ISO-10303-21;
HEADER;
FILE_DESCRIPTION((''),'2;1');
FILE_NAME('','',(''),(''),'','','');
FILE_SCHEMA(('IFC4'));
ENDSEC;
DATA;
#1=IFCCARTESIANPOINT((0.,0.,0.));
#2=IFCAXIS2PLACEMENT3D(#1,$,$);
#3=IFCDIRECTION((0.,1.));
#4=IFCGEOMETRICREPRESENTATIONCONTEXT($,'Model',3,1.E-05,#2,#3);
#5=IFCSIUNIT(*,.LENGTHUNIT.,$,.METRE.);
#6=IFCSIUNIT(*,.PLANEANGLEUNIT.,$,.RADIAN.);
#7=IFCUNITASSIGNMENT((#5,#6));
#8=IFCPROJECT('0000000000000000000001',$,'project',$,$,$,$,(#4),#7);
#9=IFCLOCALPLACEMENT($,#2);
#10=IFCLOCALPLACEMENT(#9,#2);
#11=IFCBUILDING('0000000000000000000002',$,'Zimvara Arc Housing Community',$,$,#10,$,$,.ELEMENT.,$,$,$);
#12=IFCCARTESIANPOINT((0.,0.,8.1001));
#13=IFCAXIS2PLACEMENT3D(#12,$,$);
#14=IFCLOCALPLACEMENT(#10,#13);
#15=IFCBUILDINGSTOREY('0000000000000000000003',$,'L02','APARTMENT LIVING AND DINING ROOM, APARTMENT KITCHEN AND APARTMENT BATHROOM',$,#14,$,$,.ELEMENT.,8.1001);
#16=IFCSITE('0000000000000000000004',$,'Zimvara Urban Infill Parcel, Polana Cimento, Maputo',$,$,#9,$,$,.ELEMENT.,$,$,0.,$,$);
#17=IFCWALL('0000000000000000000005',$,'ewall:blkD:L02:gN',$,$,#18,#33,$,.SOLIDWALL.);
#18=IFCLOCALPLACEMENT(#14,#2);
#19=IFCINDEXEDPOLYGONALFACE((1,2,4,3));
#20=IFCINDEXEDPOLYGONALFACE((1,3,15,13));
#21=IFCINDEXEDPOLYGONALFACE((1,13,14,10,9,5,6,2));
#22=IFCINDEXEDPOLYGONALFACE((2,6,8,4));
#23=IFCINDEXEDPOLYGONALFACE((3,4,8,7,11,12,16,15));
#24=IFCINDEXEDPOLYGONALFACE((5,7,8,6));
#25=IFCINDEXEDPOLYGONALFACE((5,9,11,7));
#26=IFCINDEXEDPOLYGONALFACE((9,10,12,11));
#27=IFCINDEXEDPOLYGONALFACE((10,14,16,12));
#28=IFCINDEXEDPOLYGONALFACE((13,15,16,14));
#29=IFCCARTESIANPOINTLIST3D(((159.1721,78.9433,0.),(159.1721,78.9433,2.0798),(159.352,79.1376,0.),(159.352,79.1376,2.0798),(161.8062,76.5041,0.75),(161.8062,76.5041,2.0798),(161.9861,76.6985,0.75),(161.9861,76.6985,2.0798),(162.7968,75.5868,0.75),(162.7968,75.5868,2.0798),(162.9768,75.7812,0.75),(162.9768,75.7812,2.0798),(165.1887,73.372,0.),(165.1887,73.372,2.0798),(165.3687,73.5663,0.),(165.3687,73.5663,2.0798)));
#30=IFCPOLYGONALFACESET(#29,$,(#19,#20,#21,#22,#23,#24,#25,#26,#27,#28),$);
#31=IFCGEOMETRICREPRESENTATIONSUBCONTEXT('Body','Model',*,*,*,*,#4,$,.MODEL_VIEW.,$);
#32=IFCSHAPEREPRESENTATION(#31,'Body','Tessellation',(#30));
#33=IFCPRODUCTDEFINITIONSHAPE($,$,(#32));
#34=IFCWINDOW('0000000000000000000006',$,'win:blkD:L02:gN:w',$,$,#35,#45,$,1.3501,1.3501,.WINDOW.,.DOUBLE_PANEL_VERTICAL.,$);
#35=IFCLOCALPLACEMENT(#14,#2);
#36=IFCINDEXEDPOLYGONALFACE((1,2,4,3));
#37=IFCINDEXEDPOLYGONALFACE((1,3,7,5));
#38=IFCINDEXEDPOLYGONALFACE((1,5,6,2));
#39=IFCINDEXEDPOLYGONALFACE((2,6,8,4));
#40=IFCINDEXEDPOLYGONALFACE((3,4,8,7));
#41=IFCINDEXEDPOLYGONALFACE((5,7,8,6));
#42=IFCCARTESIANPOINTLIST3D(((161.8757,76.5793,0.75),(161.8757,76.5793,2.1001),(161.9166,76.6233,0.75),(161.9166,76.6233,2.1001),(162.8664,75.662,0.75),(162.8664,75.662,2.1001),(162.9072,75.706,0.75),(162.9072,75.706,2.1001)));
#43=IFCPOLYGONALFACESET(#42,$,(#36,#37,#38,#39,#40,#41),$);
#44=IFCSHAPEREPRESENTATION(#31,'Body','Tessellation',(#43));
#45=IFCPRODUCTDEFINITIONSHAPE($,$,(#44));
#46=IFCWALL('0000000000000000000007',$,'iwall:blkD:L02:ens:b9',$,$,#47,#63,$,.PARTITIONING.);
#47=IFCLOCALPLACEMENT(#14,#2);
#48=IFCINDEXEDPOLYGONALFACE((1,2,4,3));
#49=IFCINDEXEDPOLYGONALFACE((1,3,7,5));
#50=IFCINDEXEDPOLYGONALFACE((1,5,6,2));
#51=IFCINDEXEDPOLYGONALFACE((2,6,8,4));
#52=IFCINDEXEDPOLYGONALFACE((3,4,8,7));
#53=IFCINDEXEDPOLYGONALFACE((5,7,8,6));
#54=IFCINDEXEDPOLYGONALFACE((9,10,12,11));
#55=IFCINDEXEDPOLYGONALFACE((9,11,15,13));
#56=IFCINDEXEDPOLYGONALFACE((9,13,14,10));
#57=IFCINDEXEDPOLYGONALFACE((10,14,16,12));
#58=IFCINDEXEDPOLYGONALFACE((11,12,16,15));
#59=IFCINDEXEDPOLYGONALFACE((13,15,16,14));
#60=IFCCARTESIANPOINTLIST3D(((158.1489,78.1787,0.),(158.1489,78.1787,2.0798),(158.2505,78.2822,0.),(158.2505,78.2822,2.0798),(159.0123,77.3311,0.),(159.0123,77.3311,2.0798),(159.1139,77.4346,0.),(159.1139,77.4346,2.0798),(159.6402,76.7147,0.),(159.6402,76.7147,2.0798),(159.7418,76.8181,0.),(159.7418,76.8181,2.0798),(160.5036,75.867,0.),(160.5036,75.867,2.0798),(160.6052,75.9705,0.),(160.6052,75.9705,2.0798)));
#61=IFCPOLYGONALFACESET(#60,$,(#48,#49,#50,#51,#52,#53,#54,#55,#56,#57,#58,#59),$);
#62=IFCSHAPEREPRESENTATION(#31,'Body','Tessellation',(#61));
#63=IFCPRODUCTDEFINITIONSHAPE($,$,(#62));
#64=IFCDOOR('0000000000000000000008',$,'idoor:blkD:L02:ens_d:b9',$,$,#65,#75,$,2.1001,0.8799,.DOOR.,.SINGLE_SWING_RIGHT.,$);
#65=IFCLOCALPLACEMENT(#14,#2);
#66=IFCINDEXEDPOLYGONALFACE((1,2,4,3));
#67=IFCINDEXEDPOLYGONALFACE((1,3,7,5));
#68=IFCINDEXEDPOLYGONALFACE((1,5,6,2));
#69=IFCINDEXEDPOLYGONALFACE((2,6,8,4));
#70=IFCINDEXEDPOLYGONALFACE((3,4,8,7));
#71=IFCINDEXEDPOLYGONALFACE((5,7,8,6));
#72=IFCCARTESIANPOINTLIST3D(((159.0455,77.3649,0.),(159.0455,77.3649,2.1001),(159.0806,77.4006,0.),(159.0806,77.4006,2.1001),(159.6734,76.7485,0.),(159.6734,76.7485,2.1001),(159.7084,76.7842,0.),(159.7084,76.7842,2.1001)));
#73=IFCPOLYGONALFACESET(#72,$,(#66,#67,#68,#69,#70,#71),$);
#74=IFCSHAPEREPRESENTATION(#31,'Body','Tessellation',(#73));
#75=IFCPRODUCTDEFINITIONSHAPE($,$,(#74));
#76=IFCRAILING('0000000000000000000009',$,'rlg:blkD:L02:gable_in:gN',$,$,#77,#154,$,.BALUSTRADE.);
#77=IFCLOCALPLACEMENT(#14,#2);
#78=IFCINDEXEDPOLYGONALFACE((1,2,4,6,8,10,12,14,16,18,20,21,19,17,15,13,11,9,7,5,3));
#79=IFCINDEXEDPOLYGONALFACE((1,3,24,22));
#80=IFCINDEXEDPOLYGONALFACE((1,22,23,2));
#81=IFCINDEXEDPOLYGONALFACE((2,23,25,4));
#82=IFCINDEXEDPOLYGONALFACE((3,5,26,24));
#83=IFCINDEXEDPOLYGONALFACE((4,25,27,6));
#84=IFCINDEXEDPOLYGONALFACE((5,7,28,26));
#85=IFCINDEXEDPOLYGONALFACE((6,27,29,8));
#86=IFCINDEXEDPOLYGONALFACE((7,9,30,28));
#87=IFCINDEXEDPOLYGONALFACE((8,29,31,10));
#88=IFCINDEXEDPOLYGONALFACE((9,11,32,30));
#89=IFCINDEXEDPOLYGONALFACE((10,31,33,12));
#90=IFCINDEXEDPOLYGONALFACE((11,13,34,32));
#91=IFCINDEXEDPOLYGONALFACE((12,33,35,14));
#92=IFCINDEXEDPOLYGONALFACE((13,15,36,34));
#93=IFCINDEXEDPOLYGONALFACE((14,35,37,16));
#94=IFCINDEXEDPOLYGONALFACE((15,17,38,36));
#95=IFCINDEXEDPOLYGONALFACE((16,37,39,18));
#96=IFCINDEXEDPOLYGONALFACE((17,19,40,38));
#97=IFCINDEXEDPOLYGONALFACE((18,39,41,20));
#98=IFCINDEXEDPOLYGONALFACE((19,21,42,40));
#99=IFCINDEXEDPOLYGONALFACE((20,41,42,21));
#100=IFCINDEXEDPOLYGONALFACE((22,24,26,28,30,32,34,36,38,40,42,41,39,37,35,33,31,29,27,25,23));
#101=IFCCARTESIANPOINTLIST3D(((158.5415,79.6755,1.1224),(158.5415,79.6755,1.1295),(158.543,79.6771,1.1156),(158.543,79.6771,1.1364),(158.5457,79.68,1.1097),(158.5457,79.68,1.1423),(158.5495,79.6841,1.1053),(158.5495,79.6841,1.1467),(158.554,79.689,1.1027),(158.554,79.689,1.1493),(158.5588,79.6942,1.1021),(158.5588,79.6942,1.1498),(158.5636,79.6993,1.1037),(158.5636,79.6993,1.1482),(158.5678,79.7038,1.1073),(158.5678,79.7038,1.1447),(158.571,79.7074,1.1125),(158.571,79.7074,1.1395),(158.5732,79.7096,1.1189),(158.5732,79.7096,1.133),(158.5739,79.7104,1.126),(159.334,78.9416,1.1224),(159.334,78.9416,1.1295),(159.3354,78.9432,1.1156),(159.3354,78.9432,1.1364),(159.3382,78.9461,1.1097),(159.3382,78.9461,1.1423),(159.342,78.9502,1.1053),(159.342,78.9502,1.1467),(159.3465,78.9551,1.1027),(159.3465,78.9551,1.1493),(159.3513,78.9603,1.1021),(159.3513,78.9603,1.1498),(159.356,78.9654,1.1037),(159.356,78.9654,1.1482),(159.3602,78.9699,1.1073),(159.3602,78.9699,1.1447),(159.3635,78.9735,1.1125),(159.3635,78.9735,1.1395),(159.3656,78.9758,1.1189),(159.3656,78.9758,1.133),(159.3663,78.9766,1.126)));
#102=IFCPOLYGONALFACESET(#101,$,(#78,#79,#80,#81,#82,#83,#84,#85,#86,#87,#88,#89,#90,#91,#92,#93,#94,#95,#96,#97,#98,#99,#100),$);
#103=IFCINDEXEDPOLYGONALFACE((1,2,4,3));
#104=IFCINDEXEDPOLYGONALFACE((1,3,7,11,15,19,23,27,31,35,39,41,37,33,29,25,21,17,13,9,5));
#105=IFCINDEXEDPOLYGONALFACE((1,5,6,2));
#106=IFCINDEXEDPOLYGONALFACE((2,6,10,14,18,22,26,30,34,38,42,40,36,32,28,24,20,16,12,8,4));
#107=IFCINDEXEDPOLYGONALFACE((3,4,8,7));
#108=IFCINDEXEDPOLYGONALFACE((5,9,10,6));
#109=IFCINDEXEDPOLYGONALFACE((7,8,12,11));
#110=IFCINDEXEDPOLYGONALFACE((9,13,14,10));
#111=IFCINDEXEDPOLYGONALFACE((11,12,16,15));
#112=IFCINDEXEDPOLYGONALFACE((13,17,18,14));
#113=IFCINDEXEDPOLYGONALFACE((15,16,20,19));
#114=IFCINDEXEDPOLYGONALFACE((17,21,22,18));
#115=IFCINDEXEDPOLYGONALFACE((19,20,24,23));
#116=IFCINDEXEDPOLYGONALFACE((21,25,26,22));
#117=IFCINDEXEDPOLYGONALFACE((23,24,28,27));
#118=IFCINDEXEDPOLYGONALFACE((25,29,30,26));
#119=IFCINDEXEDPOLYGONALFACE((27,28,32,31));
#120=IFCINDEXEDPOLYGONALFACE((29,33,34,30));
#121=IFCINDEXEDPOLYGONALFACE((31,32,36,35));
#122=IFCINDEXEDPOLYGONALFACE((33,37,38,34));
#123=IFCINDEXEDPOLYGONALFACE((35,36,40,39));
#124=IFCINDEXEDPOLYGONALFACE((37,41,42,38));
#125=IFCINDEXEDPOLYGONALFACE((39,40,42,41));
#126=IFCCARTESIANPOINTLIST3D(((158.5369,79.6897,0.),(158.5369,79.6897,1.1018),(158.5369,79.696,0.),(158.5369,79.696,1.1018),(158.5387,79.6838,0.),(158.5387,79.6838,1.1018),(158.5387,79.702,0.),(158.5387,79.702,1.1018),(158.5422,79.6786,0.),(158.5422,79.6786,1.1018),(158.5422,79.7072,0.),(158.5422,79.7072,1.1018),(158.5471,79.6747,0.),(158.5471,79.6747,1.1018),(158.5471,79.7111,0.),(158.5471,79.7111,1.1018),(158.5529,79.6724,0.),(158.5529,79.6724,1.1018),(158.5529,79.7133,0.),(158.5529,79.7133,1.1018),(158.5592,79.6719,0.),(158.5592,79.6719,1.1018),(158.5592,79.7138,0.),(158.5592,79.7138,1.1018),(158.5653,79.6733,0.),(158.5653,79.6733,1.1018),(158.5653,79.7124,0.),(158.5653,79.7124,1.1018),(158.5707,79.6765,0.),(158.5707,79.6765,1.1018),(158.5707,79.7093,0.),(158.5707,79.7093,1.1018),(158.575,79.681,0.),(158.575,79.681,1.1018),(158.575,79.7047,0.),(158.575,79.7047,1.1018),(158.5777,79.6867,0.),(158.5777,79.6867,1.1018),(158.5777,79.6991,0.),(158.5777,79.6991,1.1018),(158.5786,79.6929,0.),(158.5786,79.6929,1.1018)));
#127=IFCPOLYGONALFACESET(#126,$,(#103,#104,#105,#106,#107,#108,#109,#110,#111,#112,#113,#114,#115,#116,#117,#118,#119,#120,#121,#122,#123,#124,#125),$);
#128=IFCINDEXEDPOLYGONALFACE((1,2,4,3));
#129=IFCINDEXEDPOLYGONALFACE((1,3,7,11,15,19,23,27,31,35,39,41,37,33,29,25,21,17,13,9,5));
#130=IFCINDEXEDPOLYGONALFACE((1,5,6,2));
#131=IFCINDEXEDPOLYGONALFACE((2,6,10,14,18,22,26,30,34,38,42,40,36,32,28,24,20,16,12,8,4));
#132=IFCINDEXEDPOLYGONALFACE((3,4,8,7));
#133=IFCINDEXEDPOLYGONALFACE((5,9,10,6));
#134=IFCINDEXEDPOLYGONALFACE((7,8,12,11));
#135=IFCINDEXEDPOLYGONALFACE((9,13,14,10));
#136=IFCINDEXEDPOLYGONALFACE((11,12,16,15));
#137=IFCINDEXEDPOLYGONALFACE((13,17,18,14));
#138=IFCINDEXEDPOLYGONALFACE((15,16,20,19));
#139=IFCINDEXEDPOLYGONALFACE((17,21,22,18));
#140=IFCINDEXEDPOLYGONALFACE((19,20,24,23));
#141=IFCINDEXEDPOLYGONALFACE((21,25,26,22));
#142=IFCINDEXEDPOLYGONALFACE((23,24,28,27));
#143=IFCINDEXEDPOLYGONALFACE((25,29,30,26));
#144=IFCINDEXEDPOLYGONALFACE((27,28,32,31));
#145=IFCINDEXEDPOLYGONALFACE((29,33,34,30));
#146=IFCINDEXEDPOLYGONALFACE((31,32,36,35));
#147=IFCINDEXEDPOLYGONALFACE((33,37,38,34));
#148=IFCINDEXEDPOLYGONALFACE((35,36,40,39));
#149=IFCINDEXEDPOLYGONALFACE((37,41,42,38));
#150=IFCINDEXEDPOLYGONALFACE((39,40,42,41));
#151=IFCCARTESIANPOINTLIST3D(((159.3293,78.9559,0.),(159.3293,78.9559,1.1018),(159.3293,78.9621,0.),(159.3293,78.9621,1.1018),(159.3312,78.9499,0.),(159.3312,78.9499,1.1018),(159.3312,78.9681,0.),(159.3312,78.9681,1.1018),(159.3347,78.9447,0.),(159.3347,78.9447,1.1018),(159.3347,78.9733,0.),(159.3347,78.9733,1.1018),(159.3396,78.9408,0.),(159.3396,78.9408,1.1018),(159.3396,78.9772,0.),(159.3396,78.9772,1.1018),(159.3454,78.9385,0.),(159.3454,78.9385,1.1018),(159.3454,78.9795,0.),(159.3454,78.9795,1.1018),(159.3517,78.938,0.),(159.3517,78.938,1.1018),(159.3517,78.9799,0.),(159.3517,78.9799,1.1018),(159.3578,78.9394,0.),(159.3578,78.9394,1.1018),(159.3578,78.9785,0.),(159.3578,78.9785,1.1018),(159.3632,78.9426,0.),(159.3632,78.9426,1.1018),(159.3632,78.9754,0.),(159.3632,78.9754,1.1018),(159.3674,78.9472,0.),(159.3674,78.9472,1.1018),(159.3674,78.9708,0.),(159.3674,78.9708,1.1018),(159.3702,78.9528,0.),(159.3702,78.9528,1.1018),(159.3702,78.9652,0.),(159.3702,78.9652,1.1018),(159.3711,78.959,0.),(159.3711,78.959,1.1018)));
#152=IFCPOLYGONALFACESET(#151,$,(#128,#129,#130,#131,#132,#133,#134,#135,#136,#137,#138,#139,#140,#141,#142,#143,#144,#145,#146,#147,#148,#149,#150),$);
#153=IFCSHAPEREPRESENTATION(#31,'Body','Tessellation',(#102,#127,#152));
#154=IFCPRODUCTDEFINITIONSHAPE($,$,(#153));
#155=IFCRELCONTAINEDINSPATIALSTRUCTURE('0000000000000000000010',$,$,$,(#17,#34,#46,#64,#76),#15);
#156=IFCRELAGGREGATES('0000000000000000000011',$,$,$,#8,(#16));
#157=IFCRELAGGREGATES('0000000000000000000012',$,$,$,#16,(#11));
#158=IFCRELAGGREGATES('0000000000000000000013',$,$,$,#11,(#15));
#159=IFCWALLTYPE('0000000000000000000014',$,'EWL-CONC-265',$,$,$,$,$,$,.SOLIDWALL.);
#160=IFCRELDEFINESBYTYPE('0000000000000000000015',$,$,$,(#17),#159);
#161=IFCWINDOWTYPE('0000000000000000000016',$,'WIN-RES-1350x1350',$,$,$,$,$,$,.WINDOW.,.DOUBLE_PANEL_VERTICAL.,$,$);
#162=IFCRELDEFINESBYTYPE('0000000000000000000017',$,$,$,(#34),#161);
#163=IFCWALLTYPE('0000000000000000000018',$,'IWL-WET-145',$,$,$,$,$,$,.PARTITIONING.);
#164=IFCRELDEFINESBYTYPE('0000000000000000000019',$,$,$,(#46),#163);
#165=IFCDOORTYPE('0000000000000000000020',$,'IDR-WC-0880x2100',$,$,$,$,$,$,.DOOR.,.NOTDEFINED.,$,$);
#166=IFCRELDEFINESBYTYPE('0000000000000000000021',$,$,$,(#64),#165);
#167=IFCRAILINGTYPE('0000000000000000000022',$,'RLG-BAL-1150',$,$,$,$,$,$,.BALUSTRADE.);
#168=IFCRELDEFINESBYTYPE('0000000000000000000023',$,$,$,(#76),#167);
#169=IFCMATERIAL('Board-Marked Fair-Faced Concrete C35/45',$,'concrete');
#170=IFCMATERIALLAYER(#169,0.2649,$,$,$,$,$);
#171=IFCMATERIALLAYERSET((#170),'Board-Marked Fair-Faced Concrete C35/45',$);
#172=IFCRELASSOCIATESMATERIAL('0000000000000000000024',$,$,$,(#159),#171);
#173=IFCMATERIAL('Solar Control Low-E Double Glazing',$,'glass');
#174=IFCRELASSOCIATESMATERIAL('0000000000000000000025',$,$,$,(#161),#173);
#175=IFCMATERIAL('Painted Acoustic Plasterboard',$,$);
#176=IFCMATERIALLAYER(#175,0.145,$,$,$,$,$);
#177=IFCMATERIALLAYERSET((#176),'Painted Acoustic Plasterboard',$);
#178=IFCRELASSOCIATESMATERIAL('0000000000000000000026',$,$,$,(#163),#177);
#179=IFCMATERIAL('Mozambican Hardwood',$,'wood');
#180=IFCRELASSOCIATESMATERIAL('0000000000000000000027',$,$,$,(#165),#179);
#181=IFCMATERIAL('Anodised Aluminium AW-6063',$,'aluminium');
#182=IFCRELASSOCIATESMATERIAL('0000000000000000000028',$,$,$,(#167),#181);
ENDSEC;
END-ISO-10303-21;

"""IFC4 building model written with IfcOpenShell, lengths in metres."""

from ifc_helpers import new_model, si_unit, direction, frame, frame_2d, origin, origin_2d, place, context, subcontext, project, spatial, rectangle, circle, extrude, material, layer, layer_set, type_object, element, fill, save


model = new_model("IFC4")

# Units and contexts
model_context = context("Model", 3, precision=1e-05, world=origin(), true_north=direction((0.0, 1.0)))
body_context = subcontext(model_context, "Body", "Model", "MODEL_VIEW")
ifc_project = project(units=[si_unit("LENGTHUNIT", "METRE"), si_unit("PLANEANGLEUNIT", "RADIAN")], contexts=[model_context])

# Site, building, storey
site_placement = place(None, origin())
site = spatial("IfcSite", under=ifc_project, at=site_placement, Name="Zimvara Urban Infill Parcel, Polana Cimento, Maputo", CompositionType="ELEMENT", RefElevation=0.0)
building_placement = place(site_placement, origin())
building = spatial("IfcBuilding", under=site, at=building_placement, Name="Zimvara Arc Housing Community", CompositionType="ELEMENT")
storey_placement = place(building_placement, frame((0.0, 0.0, 8.1001)))
storey = spatial("IfcBuildingStorey", under=building, at=storey_placement, Name="L02", Description="APARTMENT LIVING AND DINING ROOM, APARTMENT KITCHEN AND APARTMENT BATHROOM", CompositionType="ELEMENT", Elevation=8.1001)

# Wall, opening, window
ifc_material_1 = material(Name="Board-Marked Fair-Faced Concrete C35/45", Category="concrete")
ifc_layer_1 = layer(ifc_material_1, 0.2649)
ifc_layer_set_1 = layer_set([ifc_layer_1], Name="Board-Marked Fair-Faced Concrete C35/45")
wall_type_1 = type_object("IfcWallType", Name="EWL-CONC-265", PredefinedType="SOLIDWALL", material=ifc_layer_set_1)
wall_1_placement = place(storey_placement, frame((159.262, 79.0405, 0.0), z_axis=(0.0, 0.0, 1.0), x_axis=(0.733739, -0.679432, 0.0)))
wall_1 = element("IfcWall", 1, at=wall_1_placement, inside=storey, type_object=wall_type_1, Name="ewall:blkD:L02:gN", PredefinedType="SOLIDWALL", context=body_context, shape_type="SweptSolid", body=[
    extrude(rectangle(XDim=8.2, YDim=0.2649, at=frame_2d((4.1001, 0.0))), origin(), (0.0, 0.0, 1.0), 2.0798),
])
opening_1_placement = place(wall_1_placement, frame((3.5901, 0.0, 0.75)))
opening_1 = element("IfcOpeningElement", 2, at=opening_1_placement, cuts=wall_1, PredefinedType="OPENING", context=body_context, shape_type="SweptSolid", body=[
    extrude(rectangle(XDim=1.3501, YDim=1.3501, at=frame_2d((0.675, 0.675))), frame((0.0, 0.1423, 0.0), z_axis=(0.0, -1.0, 0.0), x_axis=(1.0, 0.0, 0.0)), (0.0, 0.0, 1.0), 0.2849),
])
ifc_material_2 = material(Name="Solar Control Low-E Double Glazing", Category="glass")
window_type = type_object("IfcWindowType", Name="WIN-RES-1350x1350", PartitioningType="DOUBLE_PANEL_VERTICAL", PredefinedType="WINDOW", material=ifc_material_2)
window_placement = place(opening_1_placement, origin())
window = element("IfcWindow", 3, at=window_placement, inside=storey, type_object=window_type, Name="win:blkD:L02:gN:w", OverallHeight=1.3501, OverallWidth=1.3501, PartitioningType="DOUBLE_PANEL_VERTICAL", PredefinedType="WINDOW", context=body_context, shape_type="SweptSolid", body=[
    extrude(rectangle(XDim=1.3501, YDim=1.3501, at=frame_2d((0.675, 0.675))), frame((0.0, 0.03, 0.0), z_axis=(0.0, -1.0, 0.0), x_axis=(1.0, 0.0, 0.0)), (0.0, 0.0, 1.0), 0.0601),
])
fill(opening_1, window)

# Wall, opening, door
ifc_material_3 = material(Name="Painted Acoustic Plasterboard")
ifc_layer_2 = layer(ifc_material_3, 0.145)
ifc_layer_set_2 = layer_set([ifc_layer_2], Name="Painted Acoustic Plasterboard")
wall_type_2 = type_object("IfcWallType", Name="IWL-WET-145", PredefinedType="PARTITIONING", material=ifc_layer_set_2)
wall_2_placement = place(storey_placement, frame((158.1997, 78.2305, 0.0), z_axis=(0.0, 0.0, 1.0), x_axis=(0.713588, -0.700566, 0.0)))
wall_2 = element("IfcWall", 4, at=wall_2_placement, inside=storey, type_object=wall_type_2, Name="iwall:blkD:L02:ens:b9", PredefinedType="PARTITIONING", context=body_context, shape_type="SweptSolid", body=[
    extrude(rectangle(XDim=3.2998, YDim=0.145, at=frame_2d((1.6499, 0.0))), origin(), (0.0, 0.0, 1.0), 2.0798),
])
opening_2_placement = place(wall_2_placement, frame((1.21, 0.0, 0.0)))
opening_2 = element("IfcOpeningElement", 5, at=opening_2_placement, cuts=wall_2, PredefinedType="OPENING", context=body_context, shape_type="SweptSolid", body=[
    extrude(rectangle(XDim=0.8799, YDim=2.1001, at=frame_2d((0.4399, 1.05))), frame((0.0, 0.0825, 0.0), z_axis=(0.0, -1.0, 0.0), x_axis=(1.0, 0.0, 0.0)), (0.0, 0.0, 1.0), 0.165),
])
ifc_material_4 = material(Name="Mozambican Hardwood", Category="wood")
door_type = type_object("IfcDoorType", Name="IDR-WC-0880x2100", OperationType="NOTDEFINED", PredefinedType="DOOR", material=ifc_material_4)
door_placement = place(opening_2_placement, origin())
door = element("IfcDoor", 6, at=door_placement, inside=storey, type_object=door_type, Name="idoor:blkD:L02:ens_d:b9", OperationType="SINGLE_SWING_RIGHT", OverallHeight=2.1001, OverallWidth=0.8799, PredefinedType="DOOR", context=body_context, shape_type="SweptSolid", body=[
    extrude(rectangle(XDim=0.8799, YDim=2.1001, at=frame_2d((0.4399, 1.05))), frame((0.0, 0.0249, 0.0), z_axis=(0.0, -1.0, 0.0), x_axis=(1.0, 0.0, 0.0)), (0.0, 0.0, 1.0), 0.05),
])
fill(opening_2, door)

# Railing
ifc_material_5 = material(Name="Anodised Aluminium AW-6063", Category="aluminium")
railing_type = type_object("IfcRailingType", Name="RLG-BAL-1150", PredefinedType="BALUSTRADE", material=ifc_material_5)
railing_placement = place(storey_placement, frame((158.5576, 79.6929, 0.0)))
element("IfcRailing", 7, at=railing_placement, inside=storey, type_object=railing_type, Name="rlg:blkD:L02:gable_in:gN", PredefinedType="BALUSTRADE", context=body_context, shape_type="SweptSolid", body=[
    extrude(circle(Radius=0.0239, at=origin_2d()), frame((0.0, 0.0, 1.126), z_axis=(0.733711, -0.679462, 0.0), x_axis=(0.679462, 0.733711, 0.0)), (0.0, 0.0, 1.0), 1.0801),
    extrude(circle(Radius=0.021, at=origin_2d()), origin(), (0.0, 0.0, 1.0), 1.1018),
    extrude(circle(Radius=0.021, at=origin_2d()), frame((0.7925, -0.7339, 0.0)), (0.0, 0.0, 1.0), 1.1018),
])

save(model, "model.ifc")
